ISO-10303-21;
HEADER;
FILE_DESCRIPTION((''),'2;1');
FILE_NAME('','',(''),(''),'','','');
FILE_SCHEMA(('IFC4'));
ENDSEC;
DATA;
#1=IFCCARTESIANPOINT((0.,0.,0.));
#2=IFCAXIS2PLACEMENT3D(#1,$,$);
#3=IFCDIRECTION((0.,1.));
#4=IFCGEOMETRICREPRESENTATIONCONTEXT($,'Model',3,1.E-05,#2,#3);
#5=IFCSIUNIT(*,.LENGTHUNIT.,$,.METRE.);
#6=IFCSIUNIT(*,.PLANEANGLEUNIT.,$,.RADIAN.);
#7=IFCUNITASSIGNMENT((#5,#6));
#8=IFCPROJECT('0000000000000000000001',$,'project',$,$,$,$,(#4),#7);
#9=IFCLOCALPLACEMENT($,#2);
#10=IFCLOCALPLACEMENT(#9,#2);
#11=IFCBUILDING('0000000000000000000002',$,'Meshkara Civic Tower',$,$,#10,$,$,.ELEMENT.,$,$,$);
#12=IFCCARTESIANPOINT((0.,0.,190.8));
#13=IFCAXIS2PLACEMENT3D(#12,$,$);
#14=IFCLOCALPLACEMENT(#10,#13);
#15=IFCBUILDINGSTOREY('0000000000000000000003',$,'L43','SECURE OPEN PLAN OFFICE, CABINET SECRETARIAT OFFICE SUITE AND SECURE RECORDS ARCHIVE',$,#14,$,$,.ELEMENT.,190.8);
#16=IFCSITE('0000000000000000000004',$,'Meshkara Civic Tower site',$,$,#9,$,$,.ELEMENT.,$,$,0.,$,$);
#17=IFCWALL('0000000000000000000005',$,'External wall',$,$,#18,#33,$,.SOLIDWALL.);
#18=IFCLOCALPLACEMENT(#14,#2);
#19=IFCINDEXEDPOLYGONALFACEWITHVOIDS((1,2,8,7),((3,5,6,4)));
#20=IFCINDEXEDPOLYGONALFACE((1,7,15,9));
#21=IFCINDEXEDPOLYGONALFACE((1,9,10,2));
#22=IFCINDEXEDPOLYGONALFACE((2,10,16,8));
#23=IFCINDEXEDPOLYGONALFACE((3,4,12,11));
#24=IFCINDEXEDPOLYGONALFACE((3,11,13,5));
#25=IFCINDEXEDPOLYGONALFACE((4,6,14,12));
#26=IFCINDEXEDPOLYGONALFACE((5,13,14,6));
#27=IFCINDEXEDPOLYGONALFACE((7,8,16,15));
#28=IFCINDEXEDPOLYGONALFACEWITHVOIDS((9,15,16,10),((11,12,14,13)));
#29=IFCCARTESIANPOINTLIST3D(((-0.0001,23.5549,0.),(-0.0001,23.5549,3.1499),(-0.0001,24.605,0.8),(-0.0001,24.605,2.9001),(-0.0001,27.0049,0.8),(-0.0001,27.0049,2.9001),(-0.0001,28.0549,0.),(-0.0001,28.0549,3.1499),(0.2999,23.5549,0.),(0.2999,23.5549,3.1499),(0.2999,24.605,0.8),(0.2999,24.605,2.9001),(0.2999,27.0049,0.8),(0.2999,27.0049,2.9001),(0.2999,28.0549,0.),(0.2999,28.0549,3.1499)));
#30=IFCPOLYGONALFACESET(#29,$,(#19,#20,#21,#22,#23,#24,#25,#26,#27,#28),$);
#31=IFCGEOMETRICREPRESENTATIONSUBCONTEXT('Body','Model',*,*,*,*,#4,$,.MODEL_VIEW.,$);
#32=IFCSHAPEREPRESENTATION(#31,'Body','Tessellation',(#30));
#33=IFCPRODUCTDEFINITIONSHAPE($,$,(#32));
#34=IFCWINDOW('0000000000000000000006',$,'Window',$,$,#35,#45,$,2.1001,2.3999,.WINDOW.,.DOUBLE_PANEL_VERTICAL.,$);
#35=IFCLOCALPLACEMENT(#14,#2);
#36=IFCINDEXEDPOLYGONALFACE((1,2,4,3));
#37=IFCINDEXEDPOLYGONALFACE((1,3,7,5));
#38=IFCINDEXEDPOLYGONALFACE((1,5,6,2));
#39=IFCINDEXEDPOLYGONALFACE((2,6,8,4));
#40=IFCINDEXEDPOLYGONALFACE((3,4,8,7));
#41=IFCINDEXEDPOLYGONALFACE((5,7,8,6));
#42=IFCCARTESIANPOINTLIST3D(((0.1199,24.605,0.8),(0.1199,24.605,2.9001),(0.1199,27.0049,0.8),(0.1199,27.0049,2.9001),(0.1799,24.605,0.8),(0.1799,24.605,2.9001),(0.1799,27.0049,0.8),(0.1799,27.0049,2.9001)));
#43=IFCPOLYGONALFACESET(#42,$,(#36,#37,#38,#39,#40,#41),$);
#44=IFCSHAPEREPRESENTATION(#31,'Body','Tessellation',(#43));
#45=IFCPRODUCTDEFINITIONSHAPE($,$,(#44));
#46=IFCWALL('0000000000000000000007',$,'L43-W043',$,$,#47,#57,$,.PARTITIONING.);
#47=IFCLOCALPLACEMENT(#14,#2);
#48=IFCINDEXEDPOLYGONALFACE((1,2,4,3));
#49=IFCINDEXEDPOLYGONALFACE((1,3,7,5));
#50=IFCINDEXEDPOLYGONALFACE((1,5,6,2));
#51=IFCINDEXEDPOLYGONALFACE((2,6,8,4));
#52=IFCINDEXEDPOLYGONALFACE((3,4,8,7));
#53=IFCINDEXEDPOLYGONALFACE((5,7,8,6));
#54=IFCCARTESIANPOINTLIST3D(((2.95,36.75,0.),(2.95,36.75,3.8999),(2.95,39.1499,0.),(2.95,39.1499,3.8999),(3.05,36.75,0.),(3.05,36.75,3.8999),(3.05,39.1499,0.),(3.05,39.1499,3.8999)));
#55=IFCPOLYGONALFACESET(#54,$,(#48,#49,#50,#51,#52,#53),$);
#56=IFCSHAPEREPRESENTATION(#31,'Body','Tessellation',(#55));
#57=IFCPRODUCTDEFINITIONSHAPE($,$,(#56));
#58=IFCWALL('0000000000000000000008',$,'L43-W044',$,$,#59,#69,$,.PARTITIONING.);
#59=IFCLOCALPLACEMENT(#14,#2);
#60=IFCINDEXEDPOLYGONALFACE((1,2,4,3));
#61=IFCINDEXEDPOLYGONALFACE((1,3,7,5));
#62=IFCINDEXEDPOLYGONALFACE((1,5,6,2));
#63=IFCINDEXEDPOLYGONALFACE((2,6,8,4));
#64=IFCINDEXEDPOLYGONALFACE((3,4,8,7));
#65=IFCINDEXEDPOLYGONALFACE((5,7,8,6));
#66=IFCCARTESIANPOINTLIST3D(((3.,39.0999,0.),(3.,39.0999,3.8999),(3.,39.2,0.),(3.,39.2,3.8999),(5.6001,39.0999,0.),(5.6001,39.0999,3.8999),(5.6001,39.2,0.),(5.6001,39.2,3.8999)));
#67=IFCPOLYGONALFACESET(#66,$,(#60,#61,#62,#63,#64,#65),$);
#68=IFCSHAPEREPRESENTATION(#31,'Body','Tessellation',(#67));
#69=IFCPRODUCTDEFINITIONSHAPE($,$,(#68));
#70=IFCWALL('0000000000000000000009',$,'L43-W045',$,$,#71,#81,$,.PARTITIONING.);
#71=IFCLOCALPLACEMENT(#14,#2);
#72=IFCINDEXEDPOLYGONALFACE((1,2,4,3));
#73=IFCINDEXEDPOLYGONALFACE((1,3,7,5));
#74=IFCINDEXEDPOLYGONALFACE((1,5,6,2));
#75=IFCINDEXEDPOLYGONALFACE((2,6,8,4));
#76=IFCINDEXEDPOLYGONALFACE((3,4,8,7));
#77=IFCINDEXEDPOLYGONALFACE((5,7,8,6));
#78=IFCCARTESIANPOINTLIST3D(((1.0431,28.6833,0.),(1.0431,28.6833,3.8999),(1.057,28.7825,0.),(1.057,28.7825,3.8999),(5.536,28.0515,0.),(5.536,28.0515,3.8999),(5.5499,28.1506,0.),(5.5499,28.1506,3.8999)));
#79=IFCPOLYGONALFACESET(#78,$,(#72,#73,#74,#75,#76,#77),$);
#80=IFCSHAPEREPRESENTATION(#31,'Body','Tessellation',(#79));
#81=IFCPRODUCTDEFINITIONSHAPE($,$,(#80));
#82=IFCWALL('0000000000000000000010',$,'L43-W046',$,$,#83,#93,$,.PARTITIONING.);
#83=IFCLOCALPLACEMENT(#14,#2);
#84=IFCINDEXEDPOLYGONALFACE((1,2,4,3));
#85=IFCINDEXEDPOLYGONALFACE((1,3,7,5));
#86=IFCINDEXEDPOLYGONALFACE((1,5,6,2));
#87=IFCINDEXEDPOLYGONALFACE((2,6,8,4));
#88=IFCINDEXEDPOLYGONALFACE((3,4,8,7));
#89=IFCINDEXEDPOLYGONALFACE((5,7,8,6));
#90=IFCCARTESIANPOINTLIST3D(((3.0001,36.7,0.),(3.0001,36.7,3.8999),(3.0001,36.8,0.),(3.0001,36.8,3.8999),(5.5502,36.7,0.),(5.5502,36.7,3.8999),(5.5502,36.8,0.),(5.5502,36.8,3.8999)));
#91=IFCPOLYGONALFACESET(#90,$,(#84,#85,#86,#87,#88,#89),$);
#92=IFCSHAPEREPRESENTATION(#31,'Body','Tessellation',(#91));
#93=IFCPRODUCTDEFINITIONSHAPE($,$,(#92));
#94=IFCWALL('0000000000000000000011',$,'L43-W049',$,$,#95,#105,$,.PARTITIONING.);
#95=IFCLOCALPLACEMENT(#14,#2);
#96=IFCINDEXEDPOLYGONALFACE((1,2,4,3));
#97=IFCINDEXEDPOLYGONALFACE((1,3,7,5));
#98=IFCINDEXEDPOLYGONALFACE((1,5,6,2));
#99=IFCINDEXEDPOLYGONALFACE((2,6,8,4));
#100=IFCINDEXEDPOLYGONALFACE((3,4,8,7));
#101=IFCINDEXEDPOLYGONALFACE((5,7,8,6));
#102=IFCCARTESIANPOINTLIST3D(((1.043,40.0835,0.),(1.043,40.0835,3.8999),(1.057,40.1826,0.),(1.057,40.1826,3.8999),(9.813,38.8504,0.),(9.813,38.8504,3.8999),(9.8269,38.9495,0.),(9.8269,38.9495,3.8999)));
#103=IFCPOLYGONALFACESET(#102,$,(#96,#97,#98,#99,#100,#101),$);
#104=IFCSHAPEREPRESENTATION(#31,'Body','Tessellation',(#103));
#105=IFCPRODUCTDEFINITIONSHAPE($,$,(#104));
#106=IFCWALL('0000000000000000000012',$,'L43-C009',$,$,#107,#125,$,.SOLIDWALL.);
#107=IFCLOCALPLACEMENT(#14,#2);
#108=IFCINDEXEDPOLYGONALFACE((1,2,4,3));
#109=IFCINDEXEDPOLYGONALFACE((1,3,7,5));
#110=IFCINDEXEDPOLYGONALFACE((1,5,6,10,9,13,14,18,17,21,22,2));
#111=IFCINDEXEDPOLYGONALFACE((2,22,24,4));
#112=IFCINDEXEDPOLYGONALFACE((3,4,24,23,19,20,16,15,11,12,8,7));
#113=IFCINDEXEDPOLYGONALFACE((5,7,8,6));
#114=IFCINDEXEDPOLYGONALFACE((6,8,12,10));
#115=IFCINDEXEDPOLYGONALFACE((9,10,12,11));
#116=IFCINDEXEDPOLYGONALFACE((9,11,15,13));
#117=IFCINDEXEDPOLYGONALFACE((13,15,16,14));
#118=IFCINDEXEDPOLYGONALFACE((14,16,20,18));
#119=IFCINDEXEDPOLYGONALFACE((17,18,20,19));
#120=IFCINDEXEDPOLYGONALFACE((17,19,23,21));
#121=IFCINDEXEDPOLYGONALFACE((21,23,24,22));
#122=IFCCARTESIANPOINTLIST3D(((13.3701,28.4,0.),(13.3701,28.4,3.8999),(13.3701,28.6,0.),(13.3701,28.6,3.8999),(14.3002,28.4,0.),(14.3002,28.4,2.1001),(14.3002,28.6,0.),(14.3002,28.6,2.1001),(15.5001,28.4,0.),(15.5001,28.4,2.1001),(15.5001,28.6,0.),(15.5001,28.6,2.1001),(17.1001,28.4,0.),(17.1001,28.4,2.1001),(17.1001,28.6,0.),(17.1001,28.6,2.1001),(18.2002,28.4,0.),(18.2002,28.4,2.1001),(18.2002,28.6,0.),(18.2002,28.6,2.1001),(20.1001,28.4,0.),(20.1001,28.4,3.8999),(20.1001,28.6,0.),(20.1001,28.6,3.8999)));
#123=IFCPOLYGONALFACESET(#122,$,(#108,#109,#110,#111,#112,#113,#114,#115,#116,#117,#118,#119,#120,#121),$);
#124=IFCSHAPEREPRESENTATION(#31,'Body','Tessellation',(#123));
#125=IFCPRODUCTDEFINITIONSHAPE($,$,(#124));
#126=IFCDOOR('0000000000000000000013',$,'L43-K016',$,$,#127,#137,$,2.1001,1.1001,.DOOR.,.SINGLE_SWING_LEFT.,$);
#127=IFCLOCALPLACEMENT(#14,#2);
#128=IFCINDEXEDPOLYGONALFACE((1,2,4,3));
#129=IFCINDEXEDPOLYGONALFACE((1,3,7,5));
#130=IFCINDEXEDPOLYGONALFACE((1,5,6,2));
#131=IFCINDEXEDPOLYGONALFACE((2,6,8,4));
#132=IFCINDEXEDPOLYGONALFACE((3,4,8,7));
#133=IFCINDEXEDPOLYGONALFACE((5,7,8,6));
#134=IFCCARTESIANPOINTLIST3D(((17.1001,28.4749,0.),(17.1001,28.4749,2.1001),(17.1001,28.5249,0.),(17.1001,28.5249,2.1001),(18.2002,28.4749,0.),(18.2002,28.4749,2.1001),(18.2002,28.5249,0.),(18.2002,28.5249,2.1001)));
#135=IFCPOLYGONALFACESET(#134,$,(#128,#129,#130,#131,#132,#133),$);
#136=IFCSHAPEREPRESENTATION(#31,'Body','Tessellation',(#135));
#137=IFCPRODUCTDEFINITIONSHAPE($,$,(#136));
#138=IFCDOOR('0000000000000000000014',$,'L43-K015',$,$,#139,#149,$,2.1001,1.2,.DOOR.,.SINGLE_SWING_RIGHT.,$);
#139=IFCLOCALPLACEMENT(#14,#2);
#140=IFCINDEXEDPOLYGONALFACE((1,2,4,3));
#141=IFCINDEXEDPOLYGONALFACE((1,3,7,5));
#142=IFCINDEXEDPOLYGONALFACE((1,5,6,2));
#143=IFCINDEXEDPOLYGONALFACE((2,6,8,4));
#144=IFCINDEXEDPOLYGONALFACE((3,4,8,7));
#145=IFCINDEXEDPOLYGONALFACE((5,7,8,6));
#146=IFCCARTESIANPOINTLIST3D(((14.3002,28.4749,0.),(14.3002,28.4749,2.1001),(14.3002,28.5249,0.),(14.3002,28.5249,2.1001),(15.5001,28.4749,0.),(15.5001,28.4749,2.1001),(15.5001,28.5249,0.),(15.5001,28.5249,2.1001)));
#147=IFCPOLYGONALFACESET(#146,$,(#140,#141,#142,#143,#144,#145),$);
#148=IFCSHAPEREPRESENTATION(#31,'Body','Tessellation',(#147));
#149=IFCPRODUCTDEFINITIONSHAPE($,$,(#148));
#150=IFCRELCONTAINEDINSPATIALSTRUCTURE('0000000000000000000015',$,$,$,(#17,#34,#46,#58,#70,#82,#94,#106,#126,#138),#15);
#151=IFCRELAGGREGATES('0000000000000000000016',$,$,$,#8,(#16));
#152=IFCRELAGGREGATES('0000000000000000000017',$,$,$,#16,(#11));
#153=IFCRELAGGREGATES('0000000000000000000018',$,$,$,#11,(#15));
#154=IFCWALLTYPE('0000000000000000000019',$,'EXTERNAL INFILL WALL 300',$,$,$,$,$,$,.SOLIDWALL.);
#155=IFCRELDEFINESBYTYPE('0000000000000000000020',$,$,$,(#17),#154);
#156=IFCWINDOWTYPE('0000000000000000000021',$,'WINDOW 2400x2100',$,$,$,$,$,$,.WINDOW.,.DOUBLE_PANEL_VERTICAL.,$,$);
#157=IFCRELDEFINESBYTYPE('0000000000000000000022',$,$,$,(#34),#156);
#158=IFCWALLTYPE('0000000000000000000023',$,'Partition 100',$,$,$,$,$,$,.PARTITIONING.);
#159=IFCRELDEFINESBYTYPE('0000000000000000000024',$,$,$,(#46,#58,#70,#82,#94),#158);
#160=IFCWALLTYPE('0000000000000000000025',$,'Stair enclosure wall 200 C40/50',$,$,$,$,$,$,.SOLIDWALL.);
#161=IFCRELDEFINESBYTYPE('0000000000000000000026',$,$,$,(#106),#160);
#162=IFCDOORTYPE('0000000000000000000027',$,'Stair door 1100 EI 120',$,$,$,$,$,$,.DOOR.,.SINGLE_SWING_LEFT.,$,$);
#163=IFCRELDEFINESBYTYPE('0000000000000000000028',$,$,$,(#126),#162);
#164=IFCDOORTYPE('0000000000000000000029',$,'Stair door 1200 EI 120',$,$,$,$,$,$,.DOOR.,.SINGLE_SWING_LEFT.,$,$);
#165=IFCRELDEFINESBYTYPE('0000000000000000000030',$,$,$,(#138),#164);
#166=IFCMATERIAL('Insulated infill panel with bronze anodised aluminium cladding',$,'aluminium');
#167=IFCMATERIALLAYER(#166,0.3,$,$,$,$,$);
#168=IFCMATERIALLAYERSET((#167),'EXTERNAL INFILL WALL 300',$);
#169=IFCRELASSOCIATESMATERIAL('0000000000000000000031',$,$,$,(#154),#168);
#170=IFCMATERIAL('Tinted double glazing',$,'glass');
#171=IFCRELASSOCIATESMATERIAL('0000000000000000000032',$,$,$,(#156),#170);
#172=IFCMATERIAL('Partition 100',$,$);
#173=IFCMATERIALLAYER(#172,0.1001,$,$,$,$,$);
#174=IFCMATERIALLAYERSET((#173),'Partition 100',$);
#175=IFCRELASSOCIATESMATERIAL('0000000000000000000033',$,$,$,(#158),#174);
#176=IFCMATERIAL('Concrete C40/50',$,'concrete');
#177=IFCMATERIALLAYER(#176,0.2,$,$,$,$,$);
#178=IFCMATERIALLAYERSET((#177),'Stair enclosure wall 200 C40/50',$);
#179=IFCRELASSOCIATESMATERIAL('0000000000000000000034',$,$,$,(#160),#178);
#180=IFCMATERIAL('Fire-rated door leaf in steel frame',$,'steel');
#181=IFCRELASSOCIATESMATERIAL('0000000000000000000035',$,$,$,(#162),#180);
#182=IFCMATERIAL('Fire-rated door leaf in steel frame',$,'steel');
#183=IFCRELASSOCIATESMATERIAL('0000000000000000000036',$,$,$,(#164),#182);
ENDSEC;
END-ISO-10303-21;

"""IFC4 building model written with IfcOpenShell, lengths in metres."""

from ifc_helpers import new_model, si_unit, direction, frame, frame_2d, origin, place, context, subcontext, project, spatial, rectangle, extrude, material, layer, layer_set, type_object, element, fill, save


model = new_model("IFC4")

# Units and contexts
model_context = context("Model", 3, precision=1e-05, world=origin(), true_north=direction((0.0, 1.0)))
body_context = subcontext(model_context, "Body", "Model", "MODEL_VIEW")
ifc_project = project(units=[si_unit("LENGTHUNIT", "METRE"), si_unit("PLANEANGLEUNIT", "RADIAN")], contexts=[model_context])

# Site, building, storey
site_placement = place(None, origin())
site = spatial("IfcSite", under=ifc_project, at=site_placement, Name="Meshkara Civic Tower site", CompositionType="ELEMENT", RefElevation=0.0)
building_placement = place(site_placement, origin())
building = spatial("IfcBuilding", under=site, at=building_placement, Name="Meshkara Civic Tower", CompositionType="ELEMENT")
storey_placement = place(building_placement, frame((0.0, 0.0, 190.8)))
storey = spatial("IfcBuildingStorey", under=building, at=storey_placement, Name="L43", Description="SECURE OPEN PLAN OFFICE, CABINET SECRETARIAT OFFICE SUITE AND SECURE RECORDS ARCHIVE", CompositionType="ELEMENT", Elevation=190.8)

# Wall, opening, window
ifc_material_1 = material(Name="Insulated infill panel with bronze anodised aluminium cladding", Category="aluminium")
ifc_layer_1 = layer(ifc_material_1, 0.3)
ifc_layer_set_1 = layer_set([ifc_layer_1], Name="EXTERNAL INFILL WALL 300")
wall_type_1 = type_object("IfcWallType", Name="EXTERNAL INFILL WALL 300", PredefinedType="SOLIDWALL", material=ifc_layer_set_1)
ifc_material_2 = material(Name="Tinted double glazing", Category="glass")
window_type = type_object("IfcWindowType", Name="WINDOW 2400x2100", PartitioningType="DOUBLE_PANEL_VERTICAL", PredefinedType="WINDOW", material=ifc_material_2)
wall_1_placement = place(storey_placement, frame((0.1499, 28.0549, 0.0), z_axis=(0.0, 0.0, 1.0), x_axis=(0.0, -1.0, 0.0)))
wall_1 = element("IfcWall", 1, at=wall_1_placement, inside=storey, type_object=wall_type_1, Name="External wall", PredefinedType="SOLIDWALL", context=body_context, shape_type="SweptSolid", body=[
    extrude(rectangle(XDim=4.5, YDim=0.3, at=frame_2d((2.25, 0.0))), origin(), (0.0, 0.0, 1.0), 3.1499),
])
opening_1_placement = place(wall_1_placement, frame((1.05, 0.0, 0.8)))
opening_1 = element("IfcOpeningElement", 2, at=opening_1_placement, cuts=wall_1, PredefinedType="OPENING", context=body_context, shape_type="SweptSolid", body=[
    extrude(rectangle(XDim=2.3999, YDim=2.1001, at=frame_2d((1.2, 1.05))), frame((0.0, 0.1599, 0.0), z_axis=(0.0, -1.0, 0.0), x_axis=(1.0, 0.0, 0.0)), (0.0, 0.0, 1.0), 0.3201),
])
window_1_placement = place(opening_1_placement, origin())
window_1 = element("IfcWindow", 3, at=window_1_placement, inside=storey, type_object=window_type, Name="Window", OverallHeight=2.1001, OverallWidth=2.3999, PartitioningType="DOUBLE_PANEL_VERTICAL", PredefinedType="WINDOW", context=body_context, shape_type="SweptSolid", body=[
    extrude(rectangle(XDim=2.3999, YDim=2.1001, at=frame_2d((1.2, 1.05))), frame((0.0, 0.03, 0.0), z_axis=(0.0, -1.0, 0.0), x_axis=(1.0, 0.0, 0.0)), (0.0, 0.0, 1.0), 0.0601),
])
fill(opening_1, window_1)

# Walls
ifc_material_3 = material(Name="Partition 100")
ifc_layer_2 = layer(ifc_material_3, 0.1001)
ifc_layer_set_2 = layer_set([ifc_layer_2], Name="Partition 100")
wall_type_2 = type_object("IfcWallType", Name="Partition 100", PredefinedType="PARTITIONING", material=ifc_layer_set_2)
wall_2_placement = place(storey_placement, frame((3.0, 36.75, 0.0), z_axis=(0.0, 0.0, 1.0), x_axis=(0.0, 1.0, 0.0)))
element("IfcWall", 4, at=wall_2_placement, inside=storey, type_object=wall_type_2, Name="L43-W043", PredefinedType="PARTITIONING", context=body_context, shape_type="SweptSolid", body=[
    extrude(rectangle(XDim=2.3999, YDim=0.1001, at=frame_2d((1.2, 0.0))), origin(), (0.0, 0.0, 1.0), 3.8999),
])
wall_3_placement = place(storey_placement, frame((3.0, 39.1499, 0.0), z_axis=(0.0, 0.0, 1.0), x_axis=(1.0, 0.0, 0.0)))
element("IfcWall", 5, at=wall_3_placement, inside=storey, type_object=wall_type_2, Name="L43-W044", PredefinedType="PARTITIONING", context=body_context, shape_type="SweptSolid", body=[
    extrude(rectangle(XDim=2.6001, YDim=0.1001, at=frame_2d((1.3, 0.0))), origin(), (0.0, 0.0, 1.0), 3.8999),
])
wall_4_placement = place(storey_placement, frame((5.543, 28.1011, 0.0), z_axis=(0.0, 0.0, 1.0), x_axis=(-0.990256, 0.139259, 0.0)))
element("IfcWall", 6, at=wall_4_placement, inside=storey, type_object=wall_type_2, Name="L43-W045", PredefinedType="PARTITIONING", context=body_context, shape_type="SweptSolid", body=[
    extrude(rectangle(XDim=4.5371, YDim=0.1001, at=frame_2d((2.2686, 0.0))), origin(), (0.0, 0.0, 1.0), 3.8999),
])
wall_5_placement = place(storey_placement, frame((5.55, 36.75, 0.0), z_axis=(0.0, 0.0, 1.0), x_axis=(-1.0, 0.0, 0.0)))
element("IfcWall", 7, at=wall_5_placement, inside=storey, type_object=wall_type_2, Name="L43-W046", PredefinedType="PARTITIONING", context=body_context, shape_type="SweptSolid", body=[
    extrude(rectangle(XDim=2.55, YDim=0.1001, at=frame_2d((1.2749, 0.0))), origin(), (0.0, 0.0, 1.0), 3.8999),
])
wall_6_placement = place(storey_placement, frame((9.8201, 38.8999, 0.0), z_axis=(0.0, 0.0, 1.0), x_axis=(-0.990259, 0.13924, 0.0)))
element("IfcWall", 8, at=wall_6_placement, inside=storey, type_object=wall_type_2, Name="L43-W049", PredefinedType="PARTITIONING", context=body_context, shape_type="SweptSolid", body=[
    extrude(rectangle(XDim=8.8562, YDim=0.1001, at=frame_2d((4.4282, 0.0))), origin(), (0.0, 0.0, 1.0), 3.8999),
])

# Wall, openings, doors
ifc_material_4 = material(Name="Concrete C40/50", Category="concrete")
ifc_layer_3 = layer(ifc_material_4, 0.2)
ifc_layer_set_3 = layer_set([ifc_layer_3], Name="Stair enclosure wall 200 C40/50")
wall_type_3 = type_object("IfcWallType", Name="Stair enclosure wall 200 C40/50", PredefinedType="SOLIDWALL", material=ifc_layer_set_3)
wall_7_placement = place(storey_placement, frame((13.3701, 28.5, 0.0), z_axis=(0.0, 0.0, 1.0), x_axis=(1.0, 0.0, 0.0)))
wall_7 = element("IfcWall", 9, at=wall_7_placement, inside=storey, type_object=wall_type_3, Name="L43-C009", PredefinedType="SOLIDWALL", context=body_context, shape_type="SweptSolid", body=[
    extrude(rectangle(XDim=6.73, YDim=0.2, at=frame_2d((3.365, 0.0))), origin(), (0.0, 0.0, 1.0), 3.8999),
])
opening_2_placement = place(wall_7_placement, frame((0.9299, 0.0, 0.0)))
opening_2 = element("IfcOpeningElement", 10, at=opening_2_placement, cuts=wall_7, PredefinedType="OPENING", context=body_context, shape_type="SweptSolid", body=[
    extrude(rectangle(XDim=1.2, YDim=2.1001, at=frame_2d((0.6001, 1.05))), frame((0.0, 0.1099, 0.0), z_axis=(0.0, -1.0, 0.0), x_axis=(1.0, 0.0, 0.0)), (0.0, 0.0, 1.0), 0.22),
])
opening_3_placement = place(wall_7_placement, frame((3.73, 0.0, 0.0)))
opening_3 = element("IfcOpeningElement", 11, at=opening_3_placement, cuts=wall_7, PredefinedType="OPENING", context=body_context, shape_type="SweptSolid", body=[
    extrude(rectangle(XDim=1.1001, YDim=2.1001, at=frame_2d((0.55, 1.05))), frame((0.0, 0.1099, 0.0), z_axis=(0.0, -1.0, 0.0), x_axis=(1.0, 0.0, 0.0)), (0.0, 0.0, 1.0), 0.22),
])
ifc_material_5 = material(Name="Fire-rated door leaf in steel frame", Category="steel")
door_type_1 = type_object("IfcDoorType", Name="Stair door 1100 EI 120", OperationType="SINGLE_SWING_LEFT", PredefinedType="DOOR", material=ifc_material_5)
door_1_placement = place(opening_3_placement, origin())
door_1 = element("IfcDoor", 12, at=door_1_placement, inside=storey, type_object=door_type_1, Name="L43-K016", OperationType="SINGLE_SWING_LEFT", OverallHeight=2.1001, OverallWidth=1.1001, PredefinedType="DOOR", context=body_context, shape_type="SweptSolid", body=[
    extrude(rectangle(XDim=1.1001, YDim=2.1001, at=frame_2d((0.55, 1.05))), frame((0.0, 0.0249, 0.0), z_axis=(0.0, -1.0, 0.0), x_axis=(1.0, 0.0, 0.0)), (0.0, 0.0, 1.0), 0.05),
])
fill(opening_3, door_1)
ifc_material_6 = material(Name="Fire-rated door leaf in steel frame", Category="steel")
door_type_2 = type_object("IfcDoorType", Name="Stair door 1200 EI 120", OperationType="SINGLE_SWING_LEFT", PredefinedType="DOOR", material=ifc_material_6)
door_2_placement = place(opening_2_placement, origin())
door_2 = element("IfcDoor", 13, at=door_2_placement, inside=storey, type_object=door_type_2, Name="L43-K015", OperationType="SINGLE_SWING_RIGHT", OverallHeight=2.1001, OverallWidth=1.2, PredefinedType="DOOR", context=body_context, shape_type="SweptSolid", body=[
    extrude(rectangle(XDim=1.2, YDim=2.1001, at=frame_2d((0.6001, 1.05))), frame((0.0, 0.0249, 0.0), z_axis=(0.0, -1.0, 0.0), x_axis=(1.0, 0.0, 0.0)), (0.0, 0.0, 1.0), 0.05),
])
fill(opening_2, door_2)

save(model, "model.ifc")
